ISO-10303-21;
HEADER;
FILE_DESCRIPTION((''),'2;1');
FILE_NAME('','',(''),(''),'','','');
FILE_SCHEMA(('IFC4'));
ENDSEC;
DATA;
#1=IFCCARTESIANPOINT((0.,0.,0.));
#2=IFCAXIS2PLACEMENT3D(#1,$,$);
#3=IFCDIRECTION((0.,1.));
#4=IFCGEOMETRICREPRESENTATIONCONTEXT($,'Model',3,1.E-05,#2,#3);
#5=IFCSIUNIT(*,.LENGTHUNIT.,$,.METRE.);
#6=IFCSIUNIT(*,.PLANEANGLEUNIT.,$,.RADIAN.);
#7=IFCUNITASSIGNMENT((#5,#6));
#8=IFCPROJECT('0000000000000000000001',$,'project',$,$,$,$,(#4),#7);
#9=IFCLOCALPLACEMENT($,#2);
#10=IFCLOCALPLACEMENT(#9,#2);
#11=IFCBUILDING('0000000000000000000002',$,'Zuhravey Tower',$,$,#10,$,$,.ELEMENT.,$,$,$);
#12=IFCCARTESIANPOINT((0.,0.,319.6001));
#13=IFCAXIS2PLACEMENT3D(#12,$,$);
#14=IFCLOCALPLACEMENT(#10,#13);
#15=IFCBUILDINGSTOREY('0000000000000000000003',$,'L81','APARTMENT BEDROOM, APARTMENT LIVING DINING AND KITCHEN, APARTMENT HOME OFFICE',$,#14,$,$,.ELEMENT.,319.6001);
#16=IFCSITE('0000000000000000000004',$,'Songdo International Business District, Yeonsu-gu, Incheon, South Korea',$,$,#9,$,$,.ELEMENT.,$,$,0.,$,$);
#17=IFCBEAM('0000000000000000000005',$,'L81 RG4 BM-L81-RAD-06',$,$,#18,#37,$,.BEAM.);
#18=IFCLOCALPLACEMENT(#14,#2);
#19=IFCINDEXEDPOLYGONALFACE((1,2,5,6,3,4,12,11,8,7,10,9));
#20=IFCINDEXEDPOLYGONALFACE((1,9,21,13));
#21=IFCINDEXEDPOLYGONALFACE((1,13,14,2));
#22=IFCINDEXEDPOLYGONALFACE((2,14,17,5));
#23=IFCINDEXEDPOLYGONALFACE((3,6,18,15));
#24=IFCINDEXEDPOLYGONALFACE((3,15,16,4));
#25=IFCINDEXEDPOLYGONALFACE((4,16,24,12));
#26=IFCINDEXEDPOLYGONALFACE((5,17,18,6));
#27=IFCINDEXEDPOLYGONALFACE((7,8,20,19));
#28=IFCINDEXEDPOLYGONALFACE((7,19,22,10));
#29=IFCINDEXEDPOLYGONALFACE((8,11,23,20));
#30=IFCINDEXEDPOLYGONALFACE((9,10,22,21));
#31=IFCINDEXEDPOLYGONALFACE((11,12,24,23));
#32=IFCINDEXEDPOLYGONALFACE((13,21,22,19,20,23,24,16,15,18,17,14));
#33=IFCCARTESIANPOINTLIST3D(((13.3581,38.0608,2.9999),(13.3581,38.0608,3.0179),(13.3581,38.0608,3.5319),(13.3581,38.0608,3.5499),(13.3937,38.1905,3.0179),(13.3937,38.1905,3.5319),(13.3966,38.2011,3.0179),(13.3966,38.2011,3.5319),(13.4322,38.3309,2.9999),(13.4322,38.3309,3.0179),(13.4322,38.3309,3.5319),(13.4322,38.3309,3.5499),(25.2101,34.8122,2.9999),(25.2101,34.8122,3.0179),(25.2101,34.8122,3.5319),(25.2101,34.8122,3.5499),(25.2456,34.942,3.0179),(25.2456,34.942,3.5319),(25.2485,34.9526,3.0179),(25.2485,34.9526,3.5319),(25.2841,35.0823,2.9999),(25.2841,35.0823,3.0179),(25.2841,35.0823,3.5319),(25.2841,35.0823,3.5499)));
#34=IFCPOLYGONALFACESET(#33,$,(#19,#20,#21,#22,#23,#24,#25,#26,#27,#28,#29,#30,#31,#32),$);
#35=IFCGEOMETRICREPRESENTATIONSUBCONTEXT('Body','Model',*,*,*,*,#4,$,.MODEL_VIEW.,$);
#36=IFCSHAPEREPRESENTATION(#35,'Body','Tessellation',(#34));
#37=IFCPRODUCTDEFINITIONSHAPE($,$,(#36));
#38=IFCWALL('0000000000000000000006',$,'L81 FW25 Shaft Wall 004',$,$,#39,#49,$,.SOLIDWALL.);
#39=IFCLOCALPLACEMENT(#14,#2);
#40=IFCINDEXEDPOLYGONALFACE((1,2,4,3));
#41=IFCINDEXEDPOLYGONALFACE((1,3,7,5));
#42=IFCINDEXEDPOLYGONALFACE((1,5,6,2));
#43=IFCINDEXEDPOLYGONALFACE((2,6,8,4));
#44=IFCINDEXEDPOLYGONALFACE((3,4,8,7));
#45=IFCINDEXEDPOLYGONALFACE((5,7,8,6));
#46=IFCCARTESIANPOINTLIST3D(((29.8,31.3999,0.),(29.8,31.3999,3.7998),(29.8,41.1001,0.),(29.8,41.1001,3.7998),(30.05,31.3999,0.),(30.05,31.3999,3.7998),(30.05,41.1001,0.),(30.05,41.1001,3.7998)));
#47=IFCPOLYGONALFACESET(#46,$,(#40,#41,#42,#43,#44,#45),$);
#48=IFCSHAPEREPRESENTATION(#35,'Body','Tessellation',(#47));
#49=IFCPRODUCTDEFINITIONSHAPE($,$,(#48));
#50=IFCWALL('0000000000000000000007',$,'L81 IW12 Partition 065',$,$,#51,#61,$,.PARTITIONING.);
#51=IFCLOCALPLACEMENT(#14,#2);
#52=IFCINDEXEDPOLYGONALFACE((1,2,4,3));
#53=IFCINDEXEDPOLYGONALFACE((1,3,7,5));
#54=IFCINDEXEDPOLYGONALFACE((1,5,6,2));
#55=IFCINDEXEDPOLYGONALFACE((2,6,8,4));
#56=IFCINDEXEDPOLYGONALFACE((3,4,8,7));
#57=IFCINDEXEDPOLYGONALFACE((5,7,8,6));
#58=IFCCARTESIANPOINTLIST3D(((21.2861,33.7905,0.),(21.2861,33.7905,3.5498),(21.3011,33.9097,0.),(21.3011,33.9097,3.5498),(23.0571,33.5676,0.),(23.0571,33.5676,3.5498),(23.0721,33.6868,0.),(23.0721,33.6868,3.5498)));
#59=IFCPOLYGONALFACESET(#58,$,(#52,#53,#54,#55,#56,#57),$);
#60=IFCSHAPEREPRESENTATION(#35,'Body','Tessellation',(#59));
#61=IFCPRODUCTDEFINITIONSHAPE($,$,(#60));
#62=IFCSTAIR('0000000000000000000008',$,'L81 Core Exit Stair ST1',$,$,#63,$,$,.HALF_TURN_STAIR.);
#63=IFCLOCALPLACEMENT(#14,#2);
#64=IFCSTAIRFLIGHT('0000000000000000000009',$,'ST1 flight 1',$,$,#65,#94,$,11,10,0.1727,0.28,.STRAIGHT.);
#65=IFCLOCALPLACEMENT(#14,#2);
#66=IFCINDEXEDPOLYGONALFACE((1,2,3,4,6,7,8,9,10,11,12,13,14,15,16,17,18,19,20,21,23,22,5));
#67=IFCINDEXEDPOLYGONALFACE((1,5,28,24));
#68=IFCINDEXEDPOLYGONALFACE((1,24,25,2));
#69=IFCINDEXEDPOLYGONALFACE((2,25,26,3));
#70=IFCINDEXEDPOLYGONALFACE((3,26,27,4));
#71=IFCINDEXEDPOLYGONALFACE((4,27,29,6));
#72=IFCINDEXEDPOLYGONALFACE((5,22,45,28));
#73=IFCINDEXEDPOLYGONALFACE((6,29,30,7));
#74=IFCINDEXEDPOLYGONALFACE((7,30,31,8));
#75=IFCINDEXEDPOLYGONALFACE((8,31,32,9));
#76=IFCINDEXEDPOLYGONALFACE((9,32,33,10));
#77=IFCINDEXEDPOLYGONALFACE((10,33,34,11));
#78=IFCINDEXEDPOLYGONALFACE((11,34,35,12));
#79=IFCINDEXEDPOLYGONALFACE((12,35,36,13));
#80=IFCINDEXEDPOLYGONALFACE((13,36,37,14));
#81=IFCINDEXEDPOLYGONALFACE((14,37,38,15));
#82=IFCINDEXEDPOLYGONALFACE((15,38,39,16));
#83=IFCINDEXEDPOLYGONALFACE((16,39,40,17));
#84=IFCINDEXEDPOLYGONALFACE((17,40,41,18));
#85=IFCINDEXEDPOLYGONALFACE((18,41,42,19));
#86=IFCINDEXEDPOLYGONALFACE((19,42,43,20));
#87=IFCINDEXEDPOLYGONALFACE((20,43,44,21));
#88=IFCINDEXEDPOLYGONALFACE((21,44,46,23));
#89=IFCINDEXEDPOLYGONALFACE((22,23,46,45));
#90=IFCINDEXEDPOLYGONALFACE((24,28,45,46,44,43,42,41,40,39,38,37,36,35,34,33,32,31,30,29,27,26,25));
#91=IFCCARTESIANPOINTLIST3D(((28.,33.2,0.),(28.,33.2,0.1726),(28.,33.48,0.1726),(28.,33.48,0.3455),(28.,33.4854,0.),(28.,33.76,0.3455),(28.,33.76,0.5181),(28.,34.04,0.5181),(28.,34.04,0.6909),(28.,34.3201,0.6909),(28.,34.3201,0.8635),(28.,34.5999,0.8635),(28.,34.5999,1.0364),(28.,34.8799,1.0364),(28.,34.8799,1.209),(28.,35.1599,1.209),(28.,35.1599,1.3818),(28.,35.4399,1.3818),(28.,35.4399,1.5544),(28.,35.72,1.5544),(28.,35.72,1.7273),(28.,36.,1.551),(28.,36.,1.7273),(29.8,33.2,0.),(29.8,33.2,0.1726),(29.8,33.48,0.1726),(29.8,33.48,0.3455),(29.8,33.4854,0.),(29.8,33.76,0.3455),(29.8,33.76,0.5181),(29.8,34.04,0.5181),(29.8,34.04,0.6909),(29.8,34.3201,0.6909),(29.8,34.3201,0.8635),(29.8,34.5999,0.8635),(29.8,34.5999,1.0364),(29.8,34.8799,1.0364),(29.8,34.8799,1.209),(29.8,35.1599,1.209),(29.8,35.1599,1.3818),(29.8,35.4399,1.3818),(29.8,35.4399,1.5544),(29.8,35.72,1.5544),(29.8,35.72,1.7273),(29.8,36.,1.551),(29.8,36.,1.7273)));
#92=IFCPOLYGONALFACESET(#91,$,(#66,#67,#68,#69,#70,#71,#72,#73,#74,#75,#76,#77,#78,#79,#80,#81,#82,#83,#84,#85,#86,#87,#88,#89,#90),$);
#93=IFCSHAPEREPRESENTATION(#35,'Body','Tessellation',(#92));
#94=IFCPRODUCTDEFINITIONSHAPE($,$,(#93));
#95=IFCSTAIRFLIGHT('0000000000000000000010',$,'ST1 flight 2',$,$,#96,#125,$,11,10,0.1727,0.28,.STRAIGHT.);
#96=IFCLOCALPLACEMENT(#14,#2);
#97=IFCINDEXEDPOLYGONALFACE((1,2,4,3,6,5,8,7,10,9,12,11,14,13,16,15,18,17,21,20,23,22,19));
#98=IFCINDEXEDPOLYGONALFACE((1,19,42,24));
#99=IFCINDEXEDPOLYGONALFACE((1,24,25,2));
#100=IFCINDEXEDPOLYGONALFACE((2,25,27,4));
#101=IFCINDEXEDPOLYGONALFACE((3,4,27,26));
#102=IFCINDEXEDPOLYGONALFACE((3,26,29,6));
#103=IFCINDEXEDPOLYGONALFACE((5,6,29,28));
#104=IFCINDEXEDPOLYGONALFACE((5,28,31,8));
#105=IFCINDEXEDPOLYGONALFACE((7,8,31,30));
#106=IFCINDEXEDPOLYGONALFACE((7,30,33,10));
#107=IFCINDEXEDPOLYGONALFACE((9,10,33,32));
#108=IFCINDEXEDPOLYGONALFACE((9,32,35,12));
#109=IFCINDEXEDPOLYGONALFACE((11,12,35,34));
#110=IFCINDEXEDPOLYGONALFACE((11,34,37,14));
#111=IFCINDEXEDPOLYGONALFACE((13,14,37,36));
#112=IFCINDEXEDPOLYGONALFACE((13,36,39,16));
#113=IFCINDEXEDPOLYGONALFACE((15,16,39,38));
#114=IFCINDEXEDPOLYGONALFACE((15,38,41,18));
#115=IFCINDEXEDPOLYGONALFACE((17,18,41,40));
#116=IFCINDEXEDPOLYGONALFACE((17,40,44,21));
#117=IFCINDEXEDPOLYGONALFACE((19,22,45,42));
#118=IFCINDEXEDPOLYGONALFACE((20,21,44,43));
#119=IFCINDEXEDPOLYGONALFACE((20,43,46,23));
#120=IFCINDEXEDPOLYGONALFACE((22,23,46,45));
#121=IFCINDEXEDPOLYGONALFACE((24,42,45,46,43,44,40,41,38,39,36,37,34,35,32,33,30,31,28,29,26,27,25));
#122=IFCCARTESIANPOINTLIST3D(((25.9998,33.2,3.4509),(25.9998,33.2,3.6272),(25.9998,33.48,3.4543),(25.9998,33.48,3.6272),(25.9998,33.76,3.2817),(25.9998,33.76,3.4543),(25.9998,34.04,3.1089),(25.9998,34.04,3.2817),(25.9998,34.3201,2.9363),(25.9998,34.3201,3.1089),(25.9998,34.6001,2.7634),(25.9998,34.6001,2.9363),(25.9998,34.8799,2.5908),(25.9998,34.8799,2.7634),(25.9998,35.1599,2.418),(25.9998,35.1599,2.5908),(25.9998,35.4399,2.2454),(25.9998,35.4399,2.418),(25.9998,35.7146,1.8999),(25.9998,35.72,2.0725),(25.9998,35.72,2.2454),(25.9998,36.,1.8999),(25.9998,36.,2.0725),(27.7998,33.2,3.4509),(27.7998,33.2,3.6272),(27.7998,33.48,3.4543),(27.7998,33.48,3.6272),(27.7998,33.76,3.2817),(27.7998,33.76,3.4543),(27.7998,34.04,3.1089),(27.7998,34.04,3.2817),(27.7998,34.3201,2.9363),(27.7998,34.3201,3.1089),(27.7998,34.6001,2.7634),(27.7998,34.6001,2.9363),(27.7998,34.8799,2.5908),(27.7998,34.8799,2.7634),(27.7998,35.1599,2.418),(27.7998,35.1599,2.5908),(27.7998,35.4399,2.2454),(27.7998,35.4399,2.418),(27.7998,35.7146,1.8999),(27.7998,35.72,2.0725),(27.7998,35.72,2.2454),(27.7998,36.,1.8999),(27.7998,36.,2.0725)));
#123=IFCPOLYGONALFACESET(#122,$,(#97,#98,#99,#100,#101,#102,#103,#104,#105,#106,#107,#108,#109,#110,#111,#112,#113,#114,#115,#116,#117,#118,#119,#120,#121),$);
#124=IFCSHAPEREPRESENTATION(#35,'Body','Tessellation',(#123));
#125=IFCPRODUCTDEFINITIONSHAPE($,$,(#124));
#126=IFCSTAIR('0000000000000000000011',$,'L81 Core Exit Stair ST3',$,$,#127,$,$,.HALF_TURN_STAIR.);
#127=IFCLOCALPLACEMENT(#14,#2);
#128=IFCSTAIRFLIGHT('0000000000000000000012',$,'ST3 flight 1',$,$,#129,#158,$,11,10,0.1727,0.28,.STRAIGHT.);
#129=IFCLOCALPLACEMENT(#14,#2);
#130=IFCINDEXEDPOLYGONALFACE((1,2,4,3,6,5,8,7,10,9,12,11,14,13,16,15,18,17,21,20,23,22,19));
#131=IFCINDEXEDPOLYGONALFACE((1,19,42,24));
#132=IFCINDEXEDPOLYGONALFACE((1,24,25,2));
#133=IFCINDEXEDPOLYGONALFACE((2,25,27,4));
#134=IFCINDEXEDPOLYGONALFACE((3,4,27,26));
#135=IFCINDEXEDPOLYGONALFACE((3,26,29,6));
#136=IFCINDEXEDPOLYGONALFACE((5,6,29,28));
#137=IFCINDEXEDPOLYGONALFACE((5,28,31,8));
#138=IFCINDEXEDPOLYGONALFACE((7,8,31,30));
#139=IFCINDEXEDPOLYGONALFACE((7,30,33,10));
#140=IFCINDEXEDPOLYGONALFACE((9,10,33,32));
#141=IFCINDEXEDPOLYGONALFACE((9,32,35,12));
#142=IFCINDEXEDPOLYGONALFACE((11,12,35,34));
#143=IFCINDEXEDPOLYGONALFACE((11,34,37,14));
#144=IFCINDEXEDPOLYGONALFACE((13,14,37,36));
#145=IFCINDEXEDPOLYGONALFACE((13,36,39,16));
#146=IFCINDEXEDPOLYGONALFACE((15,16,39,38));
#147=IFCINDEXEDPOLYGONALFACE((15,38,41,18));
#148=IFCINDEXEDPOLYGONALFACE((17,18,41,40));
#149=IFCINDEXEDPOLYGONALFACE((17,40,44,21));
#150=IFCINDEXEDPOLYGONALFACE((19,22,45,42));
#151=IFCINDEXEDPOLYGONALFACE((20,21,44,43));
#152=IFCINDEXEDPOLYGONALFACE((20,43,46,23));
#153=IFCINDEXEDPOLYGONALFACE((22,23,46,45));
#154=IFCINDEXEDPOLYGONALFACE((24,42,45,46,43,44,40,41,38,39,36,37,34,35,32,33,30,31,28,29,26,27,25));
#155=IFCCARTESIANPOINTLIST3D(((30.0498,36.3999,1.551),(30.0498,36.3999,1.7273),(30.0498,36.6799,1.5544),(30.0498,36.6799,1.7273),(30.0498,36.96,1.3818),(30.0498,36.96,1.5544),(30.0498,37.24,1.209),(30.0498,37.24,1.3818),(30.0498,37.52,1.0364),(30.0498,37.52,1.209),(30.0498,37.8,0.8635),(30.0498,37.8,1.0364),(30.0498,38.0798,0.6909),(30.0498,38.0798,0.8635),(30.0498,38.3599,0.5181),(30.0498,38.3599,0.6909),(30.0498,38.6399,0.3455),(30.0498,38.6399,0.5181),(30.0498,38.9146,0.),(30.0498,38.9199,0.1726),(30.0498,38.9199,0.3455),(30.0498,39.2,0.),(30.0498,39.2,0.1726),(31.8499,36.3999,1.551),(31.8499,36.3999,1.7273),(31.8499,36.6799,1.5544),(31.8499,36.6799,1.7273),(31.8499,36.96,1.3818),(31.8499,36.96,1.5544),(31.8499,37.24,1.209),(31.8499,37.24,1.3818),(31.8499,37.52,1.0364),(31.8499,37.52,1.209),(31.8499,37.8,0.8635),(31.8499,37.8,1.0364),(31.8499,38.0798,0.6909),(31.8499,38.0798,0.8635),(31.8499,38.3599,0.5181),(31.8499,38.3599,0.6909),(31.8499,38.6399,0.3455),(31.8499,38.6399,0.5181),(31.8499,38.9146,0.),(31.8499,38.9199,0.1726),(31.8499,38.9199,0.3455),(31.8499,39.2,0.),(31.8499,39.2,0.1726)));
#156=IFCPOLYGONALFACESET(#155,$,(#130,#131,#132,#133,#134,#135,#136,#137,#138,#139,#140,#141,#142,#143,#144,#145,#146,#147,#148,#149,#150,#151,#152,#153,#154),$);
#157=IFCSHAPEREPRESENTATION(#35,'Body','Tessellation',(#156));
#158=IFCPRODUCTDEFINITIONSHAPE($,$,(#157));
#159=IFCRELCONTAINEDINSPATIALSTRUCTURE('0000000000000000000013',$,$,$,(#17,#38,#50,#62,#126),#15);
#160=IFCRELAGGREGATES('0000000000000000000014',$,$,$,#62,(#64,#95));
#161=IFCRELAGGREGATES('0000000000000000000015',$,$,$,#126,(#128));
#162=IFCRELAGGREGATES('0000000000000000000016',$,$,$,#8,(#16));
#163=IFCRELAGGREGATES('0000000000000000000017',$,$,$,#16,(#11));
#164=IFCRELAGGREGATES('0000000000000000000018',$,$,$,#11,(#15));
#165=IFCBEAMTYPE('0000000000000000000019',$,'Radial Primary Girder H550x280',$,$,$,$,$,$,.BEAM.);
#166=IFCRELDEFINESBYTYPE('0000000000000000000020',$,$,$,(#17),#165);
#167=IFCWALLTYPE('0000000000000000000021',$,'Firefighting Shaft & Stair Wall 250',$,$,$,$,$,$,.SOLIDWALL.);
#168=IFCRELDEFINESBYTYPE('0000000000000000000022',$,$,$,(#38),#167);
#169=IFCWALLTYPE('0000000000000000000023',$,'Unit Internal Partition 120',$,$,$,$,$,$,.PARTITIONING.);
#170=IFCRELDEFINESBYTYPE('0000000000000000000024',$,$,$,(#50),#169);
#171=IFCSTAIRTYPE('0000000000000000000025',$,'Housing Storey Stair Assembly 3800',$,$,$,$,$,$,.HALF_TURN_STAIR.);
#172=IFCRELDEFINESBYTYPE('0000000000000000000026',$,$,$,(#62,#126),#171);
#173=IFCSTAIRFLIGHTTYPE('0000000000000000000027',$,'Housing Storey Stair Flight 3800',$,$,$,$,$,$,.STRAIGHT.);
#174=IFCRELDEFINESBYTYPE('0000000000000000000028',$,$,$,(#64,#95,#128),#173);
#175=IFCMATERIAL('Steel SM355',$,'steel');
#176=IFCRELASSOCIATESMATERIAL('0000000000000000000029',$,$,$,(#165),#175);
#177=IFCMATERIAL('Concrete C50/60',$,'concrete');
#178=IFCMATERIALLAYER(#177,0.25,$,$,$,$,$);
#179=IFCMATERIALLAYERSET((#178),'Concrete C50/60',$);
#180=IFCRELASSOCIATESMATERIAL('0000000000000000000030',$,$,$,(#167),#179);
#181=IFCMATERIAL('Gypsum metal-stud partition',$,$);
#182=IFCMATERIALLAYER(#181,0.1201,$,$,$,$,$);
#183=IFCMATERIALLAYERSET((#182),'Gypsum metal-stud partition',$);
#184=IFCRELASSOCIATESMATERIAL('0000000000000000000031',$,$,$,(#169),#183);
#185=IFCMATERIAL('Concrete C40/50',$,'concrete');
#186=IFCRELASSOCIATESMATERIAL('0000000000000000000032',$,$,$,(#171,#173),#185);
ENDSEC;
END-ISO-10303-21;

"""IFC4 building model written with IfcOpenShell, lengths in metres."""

from ifc_helpers import new_model, si_unit, direction, frame, frame_2d, origin, origin_2d, place, context, subcontext, project, spatial, polyline, rectangle, i_section, outline, extrude, material, layer, layer_set, material_profile, profile_set, type_object, element, aggregate, save


model = new_model("IFC4")

# Units and contexts
model_context = context("Model", 3, precision=1e-05, world=origin(), true_north=direction((0.0, 1.0)))
body_context = subcontext(model_context, "Body", "Model", "MODEL_VIEW")
ifc_project = project(units=[si_unit("LENGTHUNIT", "METRE"), si_unit("PLANEANGLEUNIT", "RADIAN")], contexts=[model_context])

# Site, building, storey
site_placement = place(None, origin())
site = spatial("IfcSite", under=ifc_project, at=site_placement, Name="Songdo International Business District, Yeonsu-gu, Incheon, South Korea", CompositionType="ELEMENT", RefElevation=0.0)
building_placement = place(site_placement, origin())
building = spatial("IfcBuilding", under=site, at=building_placement, Name="Zuhravey Tower", CompositionType="ELEMENT")
storey_placement = place(building_placement, frame((0.0, 0.0, 319.6001)))
storey = spatial("IfcBuildingStorey", under=building, at=storey_placement, Name="L81", Description="APARTMENT BEDROOM, APARTMENT LIVING DINING AND KITCHEN, APARTMENT HOME OFFICE", CompositionType="ELEMENT", Elevation=319.6001)

# Beam
ifc_material_1 = material(Name="Steel SM355", Category="steel")
ifc_material_profile = material_profile(ifc_material_1, i_section(OverallWidth=0.28, OverallDepth=0.55, WebThickness=0.011, FlangeThickness=0.0181, at=origin_2d()), Name="H-550x280x11x18")
ifc_profile_set = profile_set([ifc_material_profile], Name="Steel SM355")
beam_type = type_object("IfcBeamType", Name="Radial Primary Girder H550x280", PredefinedType="BEAM", material=ifc_profile_set)
beam_placement = place(storey_placement, frame((25.2471, 34.9473, 3.2749), z_axis=(-0.964428, 0.264346, 0.0), x_axis=(-0.264346, -0.964428, 0.0)))
element("IfcBeam", 1, at=beam_placement, inside=storey, type_object=beam_type, Name="L81 RG4 BM-L81-RAD-06", PredefinedType="BEAM", context=body_context, shape_type="SweptSolid", body=[
    extrude(i_section(OverallWidth=0.28, OverallDepth=0.55, WebThickness=0.011, FlangeThickness=0.0181, at=origin_2d()), origin(), (0.0, 0.0, 1.0), 12.2891),
])

# Shared definitions
ifc_material_2 = material(Name="Concrete C50/60", Category="concrete")
ifc_layer_1 = layer(ifc_material_2, 0.25)
ifc_layer_set_1 = layer_set([ifc_layer_1], Name="Concrete C50/60")
wall_type_1 = type_object("IfcWallType", Name="Firefighting Shaft & Stair Wall 250", PredefinedType="SOLIDWALL", material=ifc_layer_set_1)

# Walls
wall_1_placement = place(storey_placement, frame((29.925, 31.3999, 0.0), z_axis=(0.0, 0.0, 1.0), x_axis=(0.0, 1.0, 0.0)))
element("IfcWall", 2, at=wall_1_placement, inside=storey, type_object=wall_type_1, Name="L81 FW25 Shaft Wall 004", PredefinedType="SOLIDWALL", context=body_context, shape_type="SweptSolid", body=[
    extrude(rectangle(XDim=9.7002, YDim=0.25, at=frame_2d((4.8501, 0.0))), origin(), (0.0, 0.0, 1.0), 3.7998),
])
ifc_material_3 = material(Name="Gypsum metal-stud partition")
ifc_layer_2 = layer(ifc_material_3, 0.1201)
ifc_layer_set_2 = layer_set([ifc_layer_2], Name="Gypsum metal-stud partition")
wall_type_2 = type_object("IfcWallType", Name="Unit Internal Partition 120", PredefinedType="PARTITIONING", material=ifc_layer_set_2)
wall_2_placement = place(storey_placement, frame((23.0647, 33.6272, 0.0), z_axis=(0.0, 0.0, 1.0), x_axis=(-0.992172, 0.124876, 0.0)))
element("IfcWall", 3, at=wall_2_placement, inside=storey, type_object=wall_type_2, Name="L81 IW12 Partition 065", PredefinedType="PARTITIONING", context=body_context, shape_type="SweptSolid", body=[
    extrude(rectangle(XDim=1.7849, YDim=0.1201, at=frame_2d((0.8926, 0.0))), origin(), (0.0, 0.0, 1.0), 3.5498),
])

# Stairs, stair flights
ifc_material_4 = material(Name="Concrete C40/50", Category="concrete")
stair_type = type_object("IfcStairType", Name="Housing Storey Stair Assembly 3800", PredefinedType="HALF_TURN_STAIR", material=ifc_material_4)
stair_1_placement = place(storey_placement, origin())
stair_1 = element("IfcStair", 4, at=stair_1_placement, inside=storey, type_object=stair_type, Name="L81 Core Exit Stair ST1", PredefinedType="HALF_TURN_STAIR")
stair_flight_type = type_object("IfcStairFlightType", Name="Housing Storey Stair Flight 3800", PredefinedType="STRAIGHT", material=ifc_material_4)
stair_flight_1_placement = place(storey_placement, frame((28.8999, 33.2, 0.0), z_axis=(0.0, 0.0, 1.0), x_axis=(0.0, 1.0, 0.0)))
stair_flight_1 = element("IfcStairFlight", 5, at=stair_flight_1_placement, type_object=stair_flight_type, Name="ST1 flight 1", NumberOfRisers=11, NumberOfTreads=10, PredefinedType="STRAIGHT", RiserHeight=0.1727, TreadLength=0.28, context=body_context, shape_type="SweptSolid", body=[
    extrude(outline(polyline([(0.0, 0.0), (0.0, 0.1726), (0.28, 0.1726), (0.28, 0.3455), (0.5601, 0.3455), (0.5601, 0.5181), (0.8401, 0.5181), (0.8401, 0.6909), (1.1201, 0.6909), (1.1201, 0.8635), (1.3999, 0.8635), (1.3999, 1.0364), (1.6799, 1.0364), (1.6799, 1.209), (1.96, 1.209), (1.96, 1.3818), (2.24, 1.3818), (2.24, 1.5544), (2.52, 1.5544), (2.52, 1.7273), (2.8, 1.7273), (2.8, 1.8999), (2.8, 1.551), (0.2854, 0.0), (0.0, 0.0)])), frame((0.0, 0.8999, 0.0), z_axis=(0.0, -1.0, 0.0), x_axis=(1.0, 0.0, 0.0)), (0.0, 0.0, 1.0), 1.8),
])
stair_flight_2_placement = place(storey_placement, frame((26.8999, 36.0, 1.8999), z_axis=(0.0, 0.0, 1.0), x_axis=(0.0, -1.0, 0.0)))
stair_flight_2 = element("IfcStairFlight", 6, at=stair_flight_2_placement, type_object=stair_flight_type, Name="ST1 flight 2", NumberOfRisers=11, NumberOfTreads=10, PredefinedType="STRAIGHT", RiserHeight=0.1727, TreadLength=0.28, context=body_context, shape_type="SweptSolid", body=[
    extrude(outline(polyline([(0.0, 0.0), (0.0, 0.1726), (0.28, 0.1726), (0.28, 0.3455), (0.5601, 0.3455), (0.5601, 0.5181), (0.8401, 0.5181), (0.8401, 0.6909), (1.1201, 0.6909), (1.1201, 0.8635), (1.3999, 0.8635), (1.3999, 1.0364), (1.6799, 1.0364), (1.6799, 1.209), (1.96, 1.209), (1.96, 1.3818), (2.24, 1.3818), (2.24, 1.5544), (2.52, 1.5544), (2.52, 1.7273), (2.8, 1.7273), (2.8, 1.8999), (2.8, 1.551), (0.2854, 0.0), (0.0, 0.0)])), frame((0.0, 0.8999, 0.0), z_axis=(0.0, -1.0, 0.0), x_axis=(1.0, 0.0, 0.0)), (0.0, 0.0, 1.0), 1.8),
])
aggregate(stair_1, [stair_flight_1, stair_flight_2])
stair_2_placement = place(storey_placement, origin())
stair_2 = element("IfcStair", 7, at=stair_2_placement, inside=storey, type_object=stair_type, Name="L81 Core Exit Stair ST3", PredefinedType="HALF_TURN_STAIR")
stair_flight_3_placement = place(storey_placement, frame((30.95, 39.2, 0.0), z_axis=(0.0, 0.0, 1.0), x_axis=(0.0, -1.0, 0.0)))
stair_flight_3 = element("IfcStairFlight", 8, at=stair_flight_3_placement, type_object=stair_flight_type, Name="ST3 flight 1", NumberOfRisers=11, NumberOfTreads=10, PredefinedType="STRAIGHT", RiserHeight=0.1727, TreadLength=0.28, context=body_context, shape_type="SweptSolid", body=[
    extrude(outline(polyline([(0.0, 0.0), (0.0, 0.1726), (0.28, 0.1726), (0.28, 0.3455), (0.5601, 0.3455), (0.5601, 0.5181), (0.8401, 0.5181), (0.8401, 0.6909), (1.1201, 0.6909), (1.1201, 0.8635), (1.3999, 0.8635), (1.3999, 1.0364), (1.6799, 1.0364), (1.6799, 1.209), (1.96, 1.209), (1.96, 1.3818), (2.24, 1.3818), (2.24, 1.5544), (2.52, 1.5544), (2.52, 1.7273), (2.8, 1.7273), (2.8, 1.8999), (2.8, 1.551), (0.2854, 0.0), (0.0, 0.0)])), frame((0.0, 0.8999, 0.0), z_axis=(0.0, -1.0, 0.0), x_axis=(1.0, 0.0, 0.0)), (0.0, 0.0, 1.0), 1.8),
])
aggregate(stair_2, [stair_flight_3])

save(model, "model.ifc")
